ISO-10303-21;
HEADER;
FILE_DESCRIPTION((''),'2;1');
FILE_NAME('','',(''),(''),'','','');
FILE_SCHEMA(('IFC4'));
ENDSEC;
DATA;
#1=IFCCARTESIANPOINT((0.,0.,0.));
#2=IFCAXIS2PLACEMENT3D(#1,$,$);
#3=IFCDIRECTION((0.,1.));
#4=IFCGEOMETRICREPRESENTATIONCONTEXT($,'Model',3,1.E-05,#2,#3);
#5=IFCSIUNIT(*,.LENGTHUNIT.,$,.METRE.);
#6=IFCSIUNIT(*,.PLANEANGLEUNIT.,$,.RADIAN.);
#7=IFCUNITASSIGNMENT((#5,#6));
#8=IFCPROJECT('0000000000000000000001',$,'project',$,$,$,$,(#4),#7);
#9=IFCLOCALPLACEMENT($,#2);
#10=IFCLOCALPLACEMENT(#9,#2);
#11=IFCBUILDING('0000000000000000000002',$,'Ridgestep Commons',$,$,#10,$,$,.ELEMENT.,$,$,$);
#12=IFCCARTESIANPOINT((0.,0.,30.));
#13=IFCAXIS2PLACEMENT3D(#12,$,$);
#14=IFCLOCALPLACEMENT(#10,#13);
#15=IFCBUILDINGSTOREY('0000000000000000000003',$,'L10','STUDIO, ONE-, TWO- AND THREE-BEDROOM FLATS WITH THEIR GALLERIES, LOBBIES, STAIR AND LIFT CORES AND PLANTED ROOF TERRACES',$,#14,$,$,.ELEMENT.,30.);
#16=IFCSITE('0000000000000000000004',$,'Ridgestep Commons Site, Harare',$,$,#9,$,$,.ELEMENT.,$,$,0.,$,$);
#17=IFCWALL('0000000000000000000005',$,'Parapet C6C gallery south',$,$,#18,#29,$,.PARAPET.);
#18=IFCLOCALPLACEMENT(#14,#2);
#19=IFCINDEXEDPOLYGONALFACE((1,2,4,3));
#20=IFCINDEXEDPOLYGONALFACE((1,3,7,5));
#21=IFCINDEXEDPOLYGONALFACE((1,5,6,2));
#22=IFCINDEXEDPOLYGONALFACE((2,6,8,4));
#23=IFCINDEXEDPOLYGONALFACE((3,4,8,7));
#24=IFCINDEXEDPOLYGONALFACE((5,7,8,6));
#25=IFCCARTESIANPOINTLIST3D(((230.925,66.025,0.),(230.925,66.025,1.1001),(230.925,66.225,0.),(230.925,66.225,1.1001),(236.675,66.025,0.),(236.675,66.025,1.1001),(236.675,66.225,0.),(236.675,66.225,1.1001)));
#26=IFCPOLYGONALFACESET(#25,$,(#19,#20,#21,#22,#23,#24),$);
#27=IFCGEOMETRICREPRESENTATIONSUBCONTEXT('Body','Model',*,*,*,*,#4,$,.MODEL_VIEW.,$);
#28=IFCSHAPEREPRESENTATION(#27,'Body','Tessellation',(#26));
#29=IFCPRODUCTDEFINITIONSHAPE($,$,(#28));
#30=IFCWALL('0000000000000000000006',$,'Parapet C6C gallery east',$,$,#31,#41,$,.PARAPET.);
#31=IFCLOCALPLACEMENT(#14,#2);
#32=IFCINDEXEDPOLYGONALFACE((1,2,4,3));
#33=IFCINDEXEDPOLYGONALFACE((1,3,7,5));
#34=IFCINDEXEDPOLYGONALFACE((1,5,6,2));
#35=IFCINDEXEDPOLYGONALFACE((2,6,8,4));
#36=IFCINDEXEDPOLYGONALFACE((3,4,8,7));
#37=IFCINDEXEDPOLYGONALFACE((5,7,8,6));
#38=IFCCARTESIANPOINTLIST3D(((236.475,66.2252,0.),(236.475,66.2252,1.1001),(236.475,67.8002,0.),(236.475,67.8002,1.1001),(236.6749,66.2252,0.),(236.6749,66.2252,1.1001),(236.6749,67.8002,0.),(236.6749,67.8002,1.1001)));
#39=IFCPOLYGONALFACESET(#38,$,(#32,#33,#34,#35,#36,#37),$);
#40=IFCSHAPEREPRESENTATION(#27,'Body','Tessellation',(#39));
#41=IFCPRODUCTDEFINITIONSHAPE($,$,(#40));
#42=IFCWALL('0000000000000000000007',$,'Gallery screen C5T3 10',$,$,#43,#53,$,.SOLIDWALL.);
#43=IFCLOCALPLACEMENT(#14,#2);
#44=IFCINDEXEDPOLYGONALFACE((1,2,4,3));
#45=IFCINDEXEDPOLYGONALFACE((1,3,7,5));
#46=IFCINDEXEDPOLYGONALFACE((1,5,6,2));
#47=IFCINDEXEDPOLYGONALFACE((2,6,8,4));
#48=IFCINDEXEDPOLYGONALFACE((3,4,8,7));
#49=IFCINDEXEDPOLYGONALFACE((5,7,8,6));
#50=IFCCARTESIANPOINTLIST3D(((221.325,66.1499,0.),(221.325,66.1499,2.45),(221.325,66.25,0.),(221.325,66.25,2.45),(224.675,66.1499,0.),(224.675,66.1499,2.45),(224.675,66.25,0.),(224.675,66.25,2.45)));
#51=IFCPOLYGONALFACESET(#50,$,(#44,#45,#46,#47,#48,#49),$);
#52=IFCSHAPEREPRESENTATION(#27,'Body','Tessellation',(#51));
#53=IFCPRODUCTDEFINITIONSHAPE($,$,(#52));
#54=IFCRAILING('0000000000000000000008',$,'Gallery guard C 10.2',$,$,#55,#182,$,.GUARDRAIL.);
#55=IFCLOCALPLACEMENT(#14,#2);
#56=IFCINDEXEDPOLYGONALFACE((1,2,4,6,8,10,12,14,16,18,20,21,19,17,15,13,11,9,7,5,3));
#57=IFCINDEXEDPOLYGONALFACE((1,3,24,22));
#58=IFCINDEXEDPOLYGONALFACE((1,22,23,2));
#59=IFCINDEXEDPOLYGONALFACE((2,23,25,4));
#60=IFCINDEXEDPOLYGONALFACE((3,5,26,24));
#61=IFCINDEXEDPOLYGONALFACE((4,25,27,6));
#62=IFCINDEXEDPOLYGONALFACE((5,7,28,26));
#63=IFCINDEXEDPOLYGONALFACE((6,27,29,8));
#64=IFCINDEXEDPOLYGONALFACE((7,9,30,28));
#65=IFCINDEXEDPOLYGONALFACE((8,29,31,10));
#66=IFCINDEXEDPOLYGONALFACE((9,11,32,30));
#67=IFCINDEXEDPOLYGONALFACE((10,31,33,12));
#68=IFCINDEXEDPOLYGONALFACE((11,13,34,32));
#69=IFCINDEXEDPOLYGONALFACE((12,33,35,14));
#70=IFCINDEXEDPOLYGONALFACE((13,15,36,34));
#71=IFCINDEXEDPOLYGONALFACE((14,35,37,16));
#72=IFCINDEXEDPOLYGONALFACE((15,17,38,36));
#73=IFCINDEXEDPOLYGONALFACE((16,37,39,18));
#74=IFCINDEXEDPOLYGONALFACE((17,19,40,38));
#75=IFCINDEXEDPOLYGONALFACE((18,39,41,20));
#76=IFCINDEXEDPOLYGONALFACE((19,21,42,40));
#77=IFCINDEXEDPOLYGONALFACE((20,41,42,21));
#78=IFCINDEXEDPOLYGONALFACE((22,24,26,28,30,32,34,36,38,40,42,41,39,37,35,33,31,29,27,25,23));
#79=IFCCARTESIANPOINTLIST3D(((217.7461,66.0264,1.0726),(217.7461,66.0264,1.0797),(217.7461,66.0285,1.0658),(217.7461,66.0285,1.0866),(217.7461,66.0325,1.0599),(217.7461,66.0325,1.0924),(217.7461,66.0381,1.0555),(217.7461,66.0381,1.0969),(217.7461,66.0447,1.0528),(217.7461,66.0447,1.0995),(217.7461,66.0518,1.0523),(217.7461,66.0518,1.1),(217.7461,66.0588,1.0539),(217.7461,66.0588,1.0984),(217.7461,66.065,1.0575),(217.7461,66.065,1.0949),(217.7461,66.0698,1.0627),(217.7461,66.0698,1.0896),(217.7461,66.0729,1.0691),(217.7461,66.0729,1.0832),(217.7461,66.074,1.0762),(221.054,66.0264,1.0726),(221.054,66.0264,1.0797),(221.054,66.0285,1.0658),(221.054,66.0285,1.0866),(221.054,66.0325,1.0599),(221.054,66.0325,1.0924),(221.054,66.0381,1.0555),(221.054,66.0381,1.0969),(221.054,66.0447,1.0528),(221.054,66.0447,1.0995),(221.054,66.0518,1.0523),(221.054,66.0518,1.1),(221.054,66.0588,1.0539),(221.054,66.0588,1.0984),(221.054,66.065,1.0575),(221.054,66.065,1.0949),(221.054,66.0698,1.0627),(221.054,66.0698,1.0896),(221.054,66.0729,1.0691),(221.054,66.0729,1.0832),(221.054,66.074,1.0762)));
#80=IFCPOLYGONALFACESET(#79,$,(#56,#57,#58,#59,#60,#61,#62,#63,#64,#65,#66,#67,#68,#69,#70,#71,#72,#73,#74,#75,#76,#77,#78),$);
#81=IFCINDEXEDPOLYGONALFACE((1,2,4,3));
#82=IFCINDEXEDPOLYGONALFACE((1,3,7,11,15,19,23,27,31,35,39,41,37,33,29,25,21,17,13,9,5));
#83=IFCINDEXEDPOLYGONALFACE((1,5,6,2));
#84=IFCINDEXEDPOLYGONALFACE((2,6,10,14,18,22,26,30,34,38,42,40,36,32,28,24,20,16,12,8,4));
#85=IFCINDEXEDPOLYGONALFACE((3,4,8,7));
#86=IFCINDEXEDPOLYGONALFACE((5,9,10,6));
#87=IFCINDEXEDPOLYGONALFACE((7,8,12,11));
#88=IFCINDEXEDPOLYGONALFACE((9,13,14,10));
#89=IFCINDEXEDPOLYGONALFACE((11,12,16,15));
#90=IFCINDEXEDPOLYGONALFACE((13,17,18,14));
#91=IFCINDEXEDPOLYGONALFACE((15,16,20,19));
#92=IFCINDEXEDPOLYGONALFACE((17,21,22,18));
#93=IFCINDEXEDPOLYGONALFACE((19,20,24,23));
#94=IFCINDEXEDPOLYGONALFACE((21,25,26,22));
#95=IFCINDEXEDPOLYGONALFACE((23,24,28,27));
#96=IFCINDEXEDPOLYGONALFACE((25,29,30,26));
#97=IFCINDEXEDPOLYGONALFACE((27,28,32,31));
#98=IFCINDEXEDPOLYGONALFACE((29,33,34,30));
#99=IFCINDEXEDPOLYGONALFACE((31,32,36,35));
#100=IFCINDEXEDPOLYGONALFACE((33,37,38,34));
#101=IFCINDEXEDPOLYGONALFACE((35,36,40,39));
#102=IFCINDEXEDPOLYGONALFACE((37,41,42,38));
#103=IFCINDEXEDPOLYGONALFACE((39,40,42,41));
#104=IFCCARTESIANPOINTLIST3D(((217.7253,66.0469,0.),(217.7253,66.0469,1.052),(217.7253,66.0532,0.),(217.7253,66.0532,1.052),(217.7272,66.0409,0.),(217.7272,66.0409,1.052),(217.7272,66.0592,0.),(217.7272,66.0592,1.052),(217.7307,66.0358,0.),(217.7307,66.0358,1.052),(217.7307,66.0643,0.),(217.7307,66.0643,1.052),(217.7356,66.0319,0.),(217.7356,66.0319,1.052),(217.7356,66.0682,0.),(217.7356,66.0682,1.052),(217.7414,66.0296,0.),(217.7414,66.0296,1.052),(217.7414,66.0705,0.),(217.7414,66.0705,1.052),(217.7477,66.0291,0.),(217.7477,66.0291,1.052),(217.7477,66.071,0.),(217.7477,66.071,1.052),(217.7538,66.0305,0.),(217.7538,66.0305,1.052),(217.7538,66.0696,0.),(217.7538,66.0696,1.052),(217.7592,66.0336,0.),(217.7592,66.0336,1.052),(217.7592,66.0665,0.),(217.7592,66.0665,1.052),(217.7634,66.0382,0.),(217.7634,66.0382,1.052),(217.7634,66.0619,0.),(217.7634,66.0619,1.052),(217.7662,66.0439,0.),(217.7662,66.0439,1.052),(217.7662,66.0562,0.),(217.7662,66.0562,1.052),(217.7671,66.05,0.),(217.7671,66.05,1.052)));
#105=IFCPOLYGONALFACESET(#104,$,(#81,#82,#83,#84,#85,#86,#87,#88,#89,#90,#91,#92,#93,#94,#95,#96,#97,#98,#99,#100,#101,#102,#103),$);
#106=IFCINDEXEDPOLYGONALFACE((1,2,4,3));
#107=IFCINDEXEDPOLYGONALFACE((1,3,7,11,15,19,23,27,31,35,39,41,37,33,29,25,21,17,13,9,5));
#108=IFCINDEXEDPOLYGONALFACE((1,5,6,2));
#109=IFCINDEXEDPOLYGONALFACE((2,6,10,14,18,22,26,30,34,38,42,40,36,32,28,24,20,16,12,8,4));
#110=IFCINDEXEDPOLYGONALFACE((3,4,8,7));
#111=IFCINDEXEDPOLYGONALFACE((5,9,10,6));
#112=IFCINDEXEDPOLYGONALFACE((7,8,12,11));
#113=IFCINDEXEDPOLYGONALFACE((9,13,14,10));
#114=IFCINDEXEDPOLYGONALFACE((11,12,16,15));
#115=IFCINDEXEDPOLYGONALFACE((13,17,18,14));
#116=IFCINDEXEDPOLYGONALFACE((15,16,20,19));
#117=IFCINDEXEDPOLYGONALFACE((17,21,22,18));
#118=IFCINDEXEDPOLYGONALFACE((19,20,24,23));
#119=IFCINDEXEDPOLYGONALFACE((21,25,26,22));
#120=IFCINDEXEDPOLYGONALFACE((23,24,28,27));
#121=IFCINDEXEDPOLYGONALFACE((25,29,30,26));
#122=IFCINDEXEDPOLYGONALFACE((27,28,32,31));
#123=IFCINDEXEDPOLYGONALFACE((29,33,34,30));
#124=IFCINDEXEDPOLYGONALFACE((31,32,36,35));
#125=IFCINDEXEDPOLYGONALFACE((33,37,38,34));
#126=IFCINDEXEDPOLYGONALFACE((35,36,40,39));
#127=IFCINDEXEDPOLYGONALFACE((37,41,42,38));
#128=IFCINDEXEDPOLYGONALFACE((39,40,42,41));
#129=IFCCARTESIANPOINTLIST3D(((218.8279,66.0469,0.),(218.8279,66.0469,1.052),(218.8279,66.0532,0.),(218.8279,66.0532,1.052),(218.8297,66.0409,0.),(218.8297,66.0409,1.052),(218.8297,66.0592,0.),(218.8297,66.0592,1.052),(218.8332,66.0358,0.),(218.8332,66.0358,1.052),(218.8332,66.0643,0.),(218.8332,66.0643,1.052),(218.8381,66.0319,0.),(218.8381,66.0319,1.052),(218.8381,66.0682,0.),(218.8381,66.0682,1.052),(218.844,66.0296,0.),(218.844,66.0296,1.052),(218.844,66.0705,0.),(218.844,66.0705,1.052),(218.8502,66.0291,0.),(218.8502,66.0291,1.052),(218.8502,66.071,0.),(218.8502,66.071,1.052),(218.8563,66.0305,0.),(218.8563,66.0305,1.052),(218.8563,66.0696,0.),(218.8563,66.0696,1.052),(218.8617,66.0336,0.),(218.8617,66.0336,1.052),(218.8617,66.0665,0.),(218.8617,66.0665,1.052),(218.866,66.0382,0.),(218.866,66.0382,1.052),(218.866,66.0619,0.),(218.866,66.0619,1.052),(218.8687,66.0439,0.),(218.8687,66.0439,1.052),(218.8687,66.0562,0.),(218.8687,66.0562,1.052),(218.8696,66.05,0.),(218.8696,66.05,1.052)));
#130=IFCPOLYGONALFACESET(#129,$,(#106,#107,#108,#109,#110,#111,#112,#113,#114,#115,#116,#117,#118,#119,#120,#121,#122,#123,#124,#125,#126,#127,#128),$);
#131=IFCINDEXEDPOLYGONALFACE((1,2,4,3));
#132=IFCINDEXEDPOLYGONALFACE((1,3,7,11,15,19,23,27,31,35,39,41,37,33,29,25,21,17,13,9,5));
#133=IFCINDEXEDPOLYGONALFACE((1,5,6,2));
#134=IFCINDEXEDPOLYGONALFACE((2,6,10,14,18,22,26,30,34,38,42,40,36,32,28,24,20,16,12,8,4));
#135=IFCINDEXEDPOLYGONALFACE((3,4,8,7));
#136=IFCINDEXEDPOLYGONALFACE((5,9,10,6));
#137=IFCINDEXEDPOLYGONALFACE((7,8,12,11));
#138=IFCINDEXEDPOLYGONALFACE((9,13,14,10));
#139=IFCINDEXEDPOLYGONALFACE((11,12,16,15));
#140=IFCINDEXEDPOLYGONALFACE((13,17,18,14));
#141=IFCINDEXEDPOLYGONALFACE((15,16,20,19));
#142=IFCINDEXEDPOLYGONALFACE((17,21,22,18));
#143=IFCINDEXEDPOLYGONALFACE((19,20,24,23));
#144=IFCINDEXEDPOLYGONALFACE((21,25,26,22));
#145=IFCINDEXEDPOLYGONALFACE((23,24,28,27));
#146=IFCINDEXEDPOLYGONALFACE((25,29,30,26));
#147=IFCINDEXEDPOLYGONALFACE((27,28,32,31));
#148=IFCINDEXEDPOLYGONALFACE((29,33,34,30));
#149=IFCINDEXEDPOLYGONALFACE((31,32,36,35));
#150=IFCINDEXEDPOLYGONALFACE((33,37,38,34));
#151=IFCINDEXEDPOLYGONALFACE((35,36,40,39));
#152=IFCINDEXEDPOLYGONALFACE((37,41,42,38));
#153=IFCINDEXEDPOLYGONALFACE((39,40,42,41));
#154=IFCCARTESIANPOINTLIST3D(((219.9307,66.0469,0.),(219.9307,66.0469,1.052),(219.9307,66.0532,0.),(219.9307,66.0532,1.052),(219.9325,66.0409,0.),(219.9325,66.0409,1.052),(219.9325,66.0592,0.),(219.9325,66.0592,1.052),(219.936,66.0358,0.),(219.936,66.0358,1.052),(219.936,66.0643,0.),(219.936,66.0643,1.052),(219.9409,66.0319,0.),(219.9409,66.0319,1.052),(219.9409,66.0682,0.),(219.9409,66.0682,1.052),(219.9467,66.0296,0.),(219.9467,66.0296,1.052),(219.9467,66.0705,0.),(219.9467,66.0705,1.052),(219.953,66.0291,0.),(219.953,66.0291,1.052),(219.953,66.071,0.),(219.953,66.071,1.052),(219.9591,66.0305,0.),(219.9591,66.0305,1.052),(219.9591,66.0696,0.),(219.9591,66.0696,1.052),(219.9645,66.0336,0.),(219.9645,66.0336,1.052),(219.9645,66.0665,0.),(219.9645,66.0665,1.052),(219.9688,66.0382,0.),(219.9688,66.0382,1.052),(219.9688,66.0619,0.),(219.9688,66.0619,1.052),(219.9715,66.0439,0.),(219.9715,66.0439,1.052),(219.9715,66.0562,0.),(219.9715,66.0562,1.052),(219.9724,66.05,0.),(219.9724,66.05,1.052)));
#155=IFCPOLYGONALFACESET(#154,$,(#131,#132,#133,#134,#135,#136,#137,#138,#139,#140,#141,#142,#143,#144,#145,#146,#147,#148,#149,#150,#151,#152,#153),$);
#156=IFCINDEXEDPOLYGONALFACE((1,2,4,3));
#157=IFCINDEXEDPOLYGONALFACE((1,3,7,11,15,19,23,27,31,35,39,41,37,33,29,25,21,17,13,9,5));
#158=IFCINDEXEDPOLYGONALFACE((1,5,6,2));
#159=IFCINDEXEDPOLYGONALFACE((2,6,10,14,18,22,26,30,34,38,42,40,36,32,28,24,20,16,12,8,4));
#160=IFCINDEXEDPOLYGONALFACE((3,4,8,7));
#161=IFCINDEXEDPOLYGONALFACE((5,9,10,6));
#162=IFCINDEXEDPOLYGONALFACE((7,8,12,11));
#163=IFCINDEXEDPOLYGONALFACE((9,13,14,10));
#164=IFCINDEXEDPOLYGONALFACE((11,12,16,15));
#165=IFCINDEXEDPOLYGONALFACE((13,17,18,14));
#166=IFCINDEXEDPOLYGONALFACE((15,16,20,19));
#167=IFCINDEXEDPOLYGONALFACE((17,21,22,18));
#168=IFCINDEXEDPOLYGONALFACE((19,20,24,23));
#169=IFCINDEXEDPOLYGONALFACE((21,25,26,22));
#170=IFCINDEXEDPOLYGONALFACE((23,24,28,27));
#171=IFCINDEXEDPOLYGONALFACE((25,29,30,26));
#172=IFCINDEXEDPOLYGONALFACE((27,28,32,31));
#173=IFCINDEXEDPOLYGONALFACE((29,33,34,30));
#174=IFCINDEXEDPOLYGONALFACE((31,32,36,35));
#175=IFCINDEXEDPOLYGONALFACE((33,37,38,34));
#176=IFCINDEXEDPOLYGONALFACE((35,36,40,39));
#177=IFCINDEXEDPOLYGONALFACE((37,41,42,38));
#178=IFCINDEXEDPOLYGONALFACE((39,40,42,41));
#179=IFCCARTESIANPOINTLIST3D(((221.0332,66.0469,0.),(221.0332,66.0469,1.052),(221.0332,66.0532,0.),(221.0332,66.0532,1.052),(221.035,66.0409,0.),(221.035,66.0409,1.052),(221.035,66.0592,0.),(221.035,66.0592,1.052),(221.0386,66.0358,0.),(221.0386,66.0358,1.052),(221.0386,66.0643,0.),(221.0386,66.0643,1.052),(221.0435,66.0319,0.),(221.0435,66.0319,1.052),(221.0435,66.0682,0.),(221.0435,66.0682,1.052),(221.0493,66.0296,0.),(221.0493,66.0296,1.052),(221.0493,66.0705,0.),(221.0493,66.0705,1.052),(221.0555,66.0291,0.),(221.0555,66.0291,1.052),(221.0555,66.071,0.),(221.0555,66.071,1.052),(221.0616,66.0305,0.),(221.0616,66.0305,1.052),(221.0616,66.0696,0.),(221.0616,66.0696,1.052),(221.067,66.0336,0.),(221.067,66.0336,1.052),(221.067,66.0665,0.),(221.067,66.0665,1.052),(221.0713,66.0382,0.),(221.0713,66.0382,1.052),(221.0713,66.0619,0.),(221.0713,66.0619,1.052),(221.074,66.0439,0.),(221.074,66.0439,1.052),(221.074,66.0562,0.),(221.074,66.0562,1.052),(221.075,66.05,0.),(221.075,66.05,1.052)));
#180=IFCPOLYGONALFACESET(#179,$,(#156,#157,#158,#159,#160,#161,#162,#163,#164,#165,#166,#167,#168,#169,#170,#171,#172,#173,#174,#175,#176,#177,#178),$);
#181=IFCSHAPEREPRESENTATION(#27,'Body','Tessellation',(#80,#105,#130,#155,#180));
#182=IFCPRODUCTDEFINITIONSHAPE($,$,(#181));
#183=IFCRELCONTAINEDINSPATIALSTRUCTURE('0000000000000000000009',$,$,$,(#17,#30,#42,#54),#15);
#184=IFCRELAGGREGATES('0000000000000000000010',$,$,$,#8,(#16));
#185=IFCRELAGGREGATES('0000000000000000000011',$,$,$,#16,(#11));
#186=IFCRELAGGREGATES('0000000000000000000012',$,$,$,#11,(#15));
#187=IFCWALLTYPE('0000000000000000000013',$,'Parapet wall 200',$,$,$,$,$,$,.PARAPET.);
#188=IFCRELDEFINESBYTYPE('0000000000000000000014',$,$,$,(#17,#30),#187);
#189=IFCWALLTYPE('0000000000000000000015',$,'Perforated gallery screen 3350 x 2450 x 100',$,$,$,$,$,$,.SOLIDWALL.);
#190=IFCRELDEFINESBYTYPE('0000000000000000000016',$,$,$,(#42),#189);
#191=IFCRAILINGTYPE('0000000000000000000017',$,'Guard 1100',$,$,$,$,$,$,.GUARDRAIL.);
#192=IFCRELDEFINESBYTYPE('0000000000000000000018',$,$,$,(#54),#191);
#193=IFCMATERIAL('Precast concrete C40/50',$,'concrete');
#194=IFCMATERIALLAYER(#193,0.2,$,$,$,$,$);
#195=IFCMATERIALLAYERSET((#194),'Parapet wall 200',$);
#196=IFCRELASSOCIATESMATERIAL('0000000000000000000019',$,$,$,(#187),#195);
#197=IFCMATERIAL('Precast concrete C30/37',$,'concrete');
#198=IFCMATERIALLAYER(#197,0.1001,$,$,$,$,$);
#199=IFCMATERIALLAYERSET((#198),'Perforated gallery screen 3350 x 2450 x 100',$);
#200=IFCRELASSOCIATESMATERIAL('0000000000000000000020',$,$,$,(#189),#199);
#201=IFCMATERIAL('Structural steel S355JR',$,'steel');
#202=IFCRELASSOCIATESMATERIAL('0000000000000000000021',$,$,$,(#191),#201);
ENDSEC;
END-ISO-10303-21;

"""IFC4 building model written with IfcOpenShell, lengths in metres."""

from ifc_helpers import new_model, si_unit, direction, frame, frame_2d, origin, origin_2d, place, context, subcontext, project, spatial, rectangle, circle, extrude, material, layer, layer_set, type_object, element, save


model = new_model("IFC4")

# Units and contexts
model_context = context("Model", 3, precision=1e-05, world=origin(), true_north=direction((0.0, 1.0)))
body_context = subcontext(model_context, "Body", "Model", "MODEL_VIEW")
ifc_project = project(units=[si_unit("LENGTHUNIT", "METRE"), si_unit("PLANEANGLEUNIT", "RADIAN")], contexts=[model_context])

# Site, building, storey
site_placement = place(None, origin())
site = spatial("IfcSite", under=ifc_project, at=site_placement, Name="Ridgestep Commons Site, Harare", CompositionType="ELEMENT", RefElevation=0.0)
building_placement = place(site_placement, origin())
building = spatial("IfcBuilding", under=site, at=building_placement, Name="Ridgestep Commons", CompositionType="ELEMENT")
storey_placement = place(building_placement, frame((0.0, 0.0, 30.0)))
storey = spatial("IfcBuildingStorey", under=building, at=storey_placement, Name="L10", Description="STUDIO, ONE-, TWO- AND THREE-BEDROOM FLATS WITH THEIR GALLERIES, LOBBIES, STAIR AND LIFT CORES AND PLANTED ROOF TERRACES", CompositionType="ELEMENT", Elevation=30.0)

# Walls
ifc_material_1 = material(Name="Precast concrete C40/50", Category="concrete")
ifc_layer_1 = layer(ifc_material_1, 0.2)
ifc_layer_set_1 = layer_set([ifc_layer_1], Name="Parapet wall 200")
wall_type_1 = type_object("IfcWallType", Name="Parapet wall 200", PredefinedType="PARAPET", material=ifc_layer_set_1)
wall_1_placement = place(storey_placement, frame((230.925, 66.125, 0.0), z_axis=(0.0, 0.0, 1.0), x_axis=(1.0, 0.0, 0.0)))
element("IfcWall", 1, at=wall_1_placement, inside=storey, type_object=wall_type_1, Name="Parapet C6C gallery south", PredefinedType="PARAPET", context=body_context, shape_type="SweptSolid", body=[
    extrude(rectangle(XDim=5.75, YDim=0.2, at=frame_2d((2.875, 0.0))), origin(), (0.0, 0.0, 1.0), 1.1001),
])
wall_2_placement = place(storey_placement, frame((236.575, 66.2251, 0.0), z_axis=(0.0, 0.0, 1.0), x_axis=(0.0, 1.0, 0.0)))
element("IfcWall", 2, at=wall_2_placement, inside=storey, type_object=wall_type_1, Name="Parapet C6C gallery east", PredefinedType="PARAPET", context=body_context, shape_type="SweptSolid", body=[
    extrude(rectangle(XDim=1.575, YDim=0.2, at=frame_2d((0.7876, 0.0))), origin(), (0.0, 0.0, 1.0), 1.1001),
])
ifc_material_2 = material(Name="Precast concrete C30/37", Category="concrete")
ifc_layer_2 = layer(ifc_material_2, 0.1001)
ifc_layer_set_2 = layer_set([ifc_layer_2], Name="Perforated gallery screen 3350 x 2450 x 100")
wall_type_2 = type_object("IfcWallType", Name="Perforated gallery screen 3350 x 2450 x 100", PredefinedType="SOLIDWALL", material=ifc_layer_set_2)
wall_3_placement = place(storey_placement, frame((221.325, 66.2, 0.0), z_axis=(0.0, 0.0, 1.0), x_axis=(1.0, 0.0, 0.0)))
element("IfcWall", 3, at=wall_3_placement, inside=storey, type_object=wall_type_2, Name="Gallery screen C5T3 10", PredefinedType="SOLIDWALL", context=body_context, shape_type="SweptSolid", body=[
    extrude(rectangle(XDim=3.3501, YDim=0.1001, at=frame_2d((1.675, 0.0))), origin(), (0.0, 0.0, 1.0), 2.45),
])

# Railing
ifc_material_3 = material(Name="Structural steel S355JR", Category="steel")
railing_type = type_object("IfcRailingType", Name="Guard 1100", PredefinedType="GUARDRAIL", material=ifc_material_3)
railing_1_placement = place(storey_placement, frame((217.7461, 66.05, 0.0)))
element("IfcRailing", 4, at=railing_1_placement, inside=storey, type_object=railing_type, Name="Gallery guard C 10.2", PredefinedType="GUARDRAIL", context=body_context, shape_type="SweptSolid", body=[
    extrude(circle(Radius=0.0239, at=origin_2d()), frame((0.0, 0.0, 1.0762), z_axis=(1.0, 0.0, 0.0), x_axis=(0.0, 1.0, 0.0)), (0.0, 0.0, 1.0), 3.3079),
    extrude(circle(Radius=0.021, at=origin_2d()), origin(), (0.0, 0.0, 1.0), 1.052),
    extrude(circle(Radius=0.021, at=origin_2d()), frame((1.1025, 0.0, 0.0)), (0.0, 0.0, 1.0), 1.052),
    extrude(circle(Radius=0.021, at=origin_2d()), frame((2.2053, 0.0, 0.0)), (0.0, 0.0, 1.0), 1.052),
    extrude(circle(Radius=0.021, at=origin_2d()), frame((3.3079, 0.0, 0.0)), (0.0, 0.0, 1.0), 1.052),
])

save(model, "model.ifc")
